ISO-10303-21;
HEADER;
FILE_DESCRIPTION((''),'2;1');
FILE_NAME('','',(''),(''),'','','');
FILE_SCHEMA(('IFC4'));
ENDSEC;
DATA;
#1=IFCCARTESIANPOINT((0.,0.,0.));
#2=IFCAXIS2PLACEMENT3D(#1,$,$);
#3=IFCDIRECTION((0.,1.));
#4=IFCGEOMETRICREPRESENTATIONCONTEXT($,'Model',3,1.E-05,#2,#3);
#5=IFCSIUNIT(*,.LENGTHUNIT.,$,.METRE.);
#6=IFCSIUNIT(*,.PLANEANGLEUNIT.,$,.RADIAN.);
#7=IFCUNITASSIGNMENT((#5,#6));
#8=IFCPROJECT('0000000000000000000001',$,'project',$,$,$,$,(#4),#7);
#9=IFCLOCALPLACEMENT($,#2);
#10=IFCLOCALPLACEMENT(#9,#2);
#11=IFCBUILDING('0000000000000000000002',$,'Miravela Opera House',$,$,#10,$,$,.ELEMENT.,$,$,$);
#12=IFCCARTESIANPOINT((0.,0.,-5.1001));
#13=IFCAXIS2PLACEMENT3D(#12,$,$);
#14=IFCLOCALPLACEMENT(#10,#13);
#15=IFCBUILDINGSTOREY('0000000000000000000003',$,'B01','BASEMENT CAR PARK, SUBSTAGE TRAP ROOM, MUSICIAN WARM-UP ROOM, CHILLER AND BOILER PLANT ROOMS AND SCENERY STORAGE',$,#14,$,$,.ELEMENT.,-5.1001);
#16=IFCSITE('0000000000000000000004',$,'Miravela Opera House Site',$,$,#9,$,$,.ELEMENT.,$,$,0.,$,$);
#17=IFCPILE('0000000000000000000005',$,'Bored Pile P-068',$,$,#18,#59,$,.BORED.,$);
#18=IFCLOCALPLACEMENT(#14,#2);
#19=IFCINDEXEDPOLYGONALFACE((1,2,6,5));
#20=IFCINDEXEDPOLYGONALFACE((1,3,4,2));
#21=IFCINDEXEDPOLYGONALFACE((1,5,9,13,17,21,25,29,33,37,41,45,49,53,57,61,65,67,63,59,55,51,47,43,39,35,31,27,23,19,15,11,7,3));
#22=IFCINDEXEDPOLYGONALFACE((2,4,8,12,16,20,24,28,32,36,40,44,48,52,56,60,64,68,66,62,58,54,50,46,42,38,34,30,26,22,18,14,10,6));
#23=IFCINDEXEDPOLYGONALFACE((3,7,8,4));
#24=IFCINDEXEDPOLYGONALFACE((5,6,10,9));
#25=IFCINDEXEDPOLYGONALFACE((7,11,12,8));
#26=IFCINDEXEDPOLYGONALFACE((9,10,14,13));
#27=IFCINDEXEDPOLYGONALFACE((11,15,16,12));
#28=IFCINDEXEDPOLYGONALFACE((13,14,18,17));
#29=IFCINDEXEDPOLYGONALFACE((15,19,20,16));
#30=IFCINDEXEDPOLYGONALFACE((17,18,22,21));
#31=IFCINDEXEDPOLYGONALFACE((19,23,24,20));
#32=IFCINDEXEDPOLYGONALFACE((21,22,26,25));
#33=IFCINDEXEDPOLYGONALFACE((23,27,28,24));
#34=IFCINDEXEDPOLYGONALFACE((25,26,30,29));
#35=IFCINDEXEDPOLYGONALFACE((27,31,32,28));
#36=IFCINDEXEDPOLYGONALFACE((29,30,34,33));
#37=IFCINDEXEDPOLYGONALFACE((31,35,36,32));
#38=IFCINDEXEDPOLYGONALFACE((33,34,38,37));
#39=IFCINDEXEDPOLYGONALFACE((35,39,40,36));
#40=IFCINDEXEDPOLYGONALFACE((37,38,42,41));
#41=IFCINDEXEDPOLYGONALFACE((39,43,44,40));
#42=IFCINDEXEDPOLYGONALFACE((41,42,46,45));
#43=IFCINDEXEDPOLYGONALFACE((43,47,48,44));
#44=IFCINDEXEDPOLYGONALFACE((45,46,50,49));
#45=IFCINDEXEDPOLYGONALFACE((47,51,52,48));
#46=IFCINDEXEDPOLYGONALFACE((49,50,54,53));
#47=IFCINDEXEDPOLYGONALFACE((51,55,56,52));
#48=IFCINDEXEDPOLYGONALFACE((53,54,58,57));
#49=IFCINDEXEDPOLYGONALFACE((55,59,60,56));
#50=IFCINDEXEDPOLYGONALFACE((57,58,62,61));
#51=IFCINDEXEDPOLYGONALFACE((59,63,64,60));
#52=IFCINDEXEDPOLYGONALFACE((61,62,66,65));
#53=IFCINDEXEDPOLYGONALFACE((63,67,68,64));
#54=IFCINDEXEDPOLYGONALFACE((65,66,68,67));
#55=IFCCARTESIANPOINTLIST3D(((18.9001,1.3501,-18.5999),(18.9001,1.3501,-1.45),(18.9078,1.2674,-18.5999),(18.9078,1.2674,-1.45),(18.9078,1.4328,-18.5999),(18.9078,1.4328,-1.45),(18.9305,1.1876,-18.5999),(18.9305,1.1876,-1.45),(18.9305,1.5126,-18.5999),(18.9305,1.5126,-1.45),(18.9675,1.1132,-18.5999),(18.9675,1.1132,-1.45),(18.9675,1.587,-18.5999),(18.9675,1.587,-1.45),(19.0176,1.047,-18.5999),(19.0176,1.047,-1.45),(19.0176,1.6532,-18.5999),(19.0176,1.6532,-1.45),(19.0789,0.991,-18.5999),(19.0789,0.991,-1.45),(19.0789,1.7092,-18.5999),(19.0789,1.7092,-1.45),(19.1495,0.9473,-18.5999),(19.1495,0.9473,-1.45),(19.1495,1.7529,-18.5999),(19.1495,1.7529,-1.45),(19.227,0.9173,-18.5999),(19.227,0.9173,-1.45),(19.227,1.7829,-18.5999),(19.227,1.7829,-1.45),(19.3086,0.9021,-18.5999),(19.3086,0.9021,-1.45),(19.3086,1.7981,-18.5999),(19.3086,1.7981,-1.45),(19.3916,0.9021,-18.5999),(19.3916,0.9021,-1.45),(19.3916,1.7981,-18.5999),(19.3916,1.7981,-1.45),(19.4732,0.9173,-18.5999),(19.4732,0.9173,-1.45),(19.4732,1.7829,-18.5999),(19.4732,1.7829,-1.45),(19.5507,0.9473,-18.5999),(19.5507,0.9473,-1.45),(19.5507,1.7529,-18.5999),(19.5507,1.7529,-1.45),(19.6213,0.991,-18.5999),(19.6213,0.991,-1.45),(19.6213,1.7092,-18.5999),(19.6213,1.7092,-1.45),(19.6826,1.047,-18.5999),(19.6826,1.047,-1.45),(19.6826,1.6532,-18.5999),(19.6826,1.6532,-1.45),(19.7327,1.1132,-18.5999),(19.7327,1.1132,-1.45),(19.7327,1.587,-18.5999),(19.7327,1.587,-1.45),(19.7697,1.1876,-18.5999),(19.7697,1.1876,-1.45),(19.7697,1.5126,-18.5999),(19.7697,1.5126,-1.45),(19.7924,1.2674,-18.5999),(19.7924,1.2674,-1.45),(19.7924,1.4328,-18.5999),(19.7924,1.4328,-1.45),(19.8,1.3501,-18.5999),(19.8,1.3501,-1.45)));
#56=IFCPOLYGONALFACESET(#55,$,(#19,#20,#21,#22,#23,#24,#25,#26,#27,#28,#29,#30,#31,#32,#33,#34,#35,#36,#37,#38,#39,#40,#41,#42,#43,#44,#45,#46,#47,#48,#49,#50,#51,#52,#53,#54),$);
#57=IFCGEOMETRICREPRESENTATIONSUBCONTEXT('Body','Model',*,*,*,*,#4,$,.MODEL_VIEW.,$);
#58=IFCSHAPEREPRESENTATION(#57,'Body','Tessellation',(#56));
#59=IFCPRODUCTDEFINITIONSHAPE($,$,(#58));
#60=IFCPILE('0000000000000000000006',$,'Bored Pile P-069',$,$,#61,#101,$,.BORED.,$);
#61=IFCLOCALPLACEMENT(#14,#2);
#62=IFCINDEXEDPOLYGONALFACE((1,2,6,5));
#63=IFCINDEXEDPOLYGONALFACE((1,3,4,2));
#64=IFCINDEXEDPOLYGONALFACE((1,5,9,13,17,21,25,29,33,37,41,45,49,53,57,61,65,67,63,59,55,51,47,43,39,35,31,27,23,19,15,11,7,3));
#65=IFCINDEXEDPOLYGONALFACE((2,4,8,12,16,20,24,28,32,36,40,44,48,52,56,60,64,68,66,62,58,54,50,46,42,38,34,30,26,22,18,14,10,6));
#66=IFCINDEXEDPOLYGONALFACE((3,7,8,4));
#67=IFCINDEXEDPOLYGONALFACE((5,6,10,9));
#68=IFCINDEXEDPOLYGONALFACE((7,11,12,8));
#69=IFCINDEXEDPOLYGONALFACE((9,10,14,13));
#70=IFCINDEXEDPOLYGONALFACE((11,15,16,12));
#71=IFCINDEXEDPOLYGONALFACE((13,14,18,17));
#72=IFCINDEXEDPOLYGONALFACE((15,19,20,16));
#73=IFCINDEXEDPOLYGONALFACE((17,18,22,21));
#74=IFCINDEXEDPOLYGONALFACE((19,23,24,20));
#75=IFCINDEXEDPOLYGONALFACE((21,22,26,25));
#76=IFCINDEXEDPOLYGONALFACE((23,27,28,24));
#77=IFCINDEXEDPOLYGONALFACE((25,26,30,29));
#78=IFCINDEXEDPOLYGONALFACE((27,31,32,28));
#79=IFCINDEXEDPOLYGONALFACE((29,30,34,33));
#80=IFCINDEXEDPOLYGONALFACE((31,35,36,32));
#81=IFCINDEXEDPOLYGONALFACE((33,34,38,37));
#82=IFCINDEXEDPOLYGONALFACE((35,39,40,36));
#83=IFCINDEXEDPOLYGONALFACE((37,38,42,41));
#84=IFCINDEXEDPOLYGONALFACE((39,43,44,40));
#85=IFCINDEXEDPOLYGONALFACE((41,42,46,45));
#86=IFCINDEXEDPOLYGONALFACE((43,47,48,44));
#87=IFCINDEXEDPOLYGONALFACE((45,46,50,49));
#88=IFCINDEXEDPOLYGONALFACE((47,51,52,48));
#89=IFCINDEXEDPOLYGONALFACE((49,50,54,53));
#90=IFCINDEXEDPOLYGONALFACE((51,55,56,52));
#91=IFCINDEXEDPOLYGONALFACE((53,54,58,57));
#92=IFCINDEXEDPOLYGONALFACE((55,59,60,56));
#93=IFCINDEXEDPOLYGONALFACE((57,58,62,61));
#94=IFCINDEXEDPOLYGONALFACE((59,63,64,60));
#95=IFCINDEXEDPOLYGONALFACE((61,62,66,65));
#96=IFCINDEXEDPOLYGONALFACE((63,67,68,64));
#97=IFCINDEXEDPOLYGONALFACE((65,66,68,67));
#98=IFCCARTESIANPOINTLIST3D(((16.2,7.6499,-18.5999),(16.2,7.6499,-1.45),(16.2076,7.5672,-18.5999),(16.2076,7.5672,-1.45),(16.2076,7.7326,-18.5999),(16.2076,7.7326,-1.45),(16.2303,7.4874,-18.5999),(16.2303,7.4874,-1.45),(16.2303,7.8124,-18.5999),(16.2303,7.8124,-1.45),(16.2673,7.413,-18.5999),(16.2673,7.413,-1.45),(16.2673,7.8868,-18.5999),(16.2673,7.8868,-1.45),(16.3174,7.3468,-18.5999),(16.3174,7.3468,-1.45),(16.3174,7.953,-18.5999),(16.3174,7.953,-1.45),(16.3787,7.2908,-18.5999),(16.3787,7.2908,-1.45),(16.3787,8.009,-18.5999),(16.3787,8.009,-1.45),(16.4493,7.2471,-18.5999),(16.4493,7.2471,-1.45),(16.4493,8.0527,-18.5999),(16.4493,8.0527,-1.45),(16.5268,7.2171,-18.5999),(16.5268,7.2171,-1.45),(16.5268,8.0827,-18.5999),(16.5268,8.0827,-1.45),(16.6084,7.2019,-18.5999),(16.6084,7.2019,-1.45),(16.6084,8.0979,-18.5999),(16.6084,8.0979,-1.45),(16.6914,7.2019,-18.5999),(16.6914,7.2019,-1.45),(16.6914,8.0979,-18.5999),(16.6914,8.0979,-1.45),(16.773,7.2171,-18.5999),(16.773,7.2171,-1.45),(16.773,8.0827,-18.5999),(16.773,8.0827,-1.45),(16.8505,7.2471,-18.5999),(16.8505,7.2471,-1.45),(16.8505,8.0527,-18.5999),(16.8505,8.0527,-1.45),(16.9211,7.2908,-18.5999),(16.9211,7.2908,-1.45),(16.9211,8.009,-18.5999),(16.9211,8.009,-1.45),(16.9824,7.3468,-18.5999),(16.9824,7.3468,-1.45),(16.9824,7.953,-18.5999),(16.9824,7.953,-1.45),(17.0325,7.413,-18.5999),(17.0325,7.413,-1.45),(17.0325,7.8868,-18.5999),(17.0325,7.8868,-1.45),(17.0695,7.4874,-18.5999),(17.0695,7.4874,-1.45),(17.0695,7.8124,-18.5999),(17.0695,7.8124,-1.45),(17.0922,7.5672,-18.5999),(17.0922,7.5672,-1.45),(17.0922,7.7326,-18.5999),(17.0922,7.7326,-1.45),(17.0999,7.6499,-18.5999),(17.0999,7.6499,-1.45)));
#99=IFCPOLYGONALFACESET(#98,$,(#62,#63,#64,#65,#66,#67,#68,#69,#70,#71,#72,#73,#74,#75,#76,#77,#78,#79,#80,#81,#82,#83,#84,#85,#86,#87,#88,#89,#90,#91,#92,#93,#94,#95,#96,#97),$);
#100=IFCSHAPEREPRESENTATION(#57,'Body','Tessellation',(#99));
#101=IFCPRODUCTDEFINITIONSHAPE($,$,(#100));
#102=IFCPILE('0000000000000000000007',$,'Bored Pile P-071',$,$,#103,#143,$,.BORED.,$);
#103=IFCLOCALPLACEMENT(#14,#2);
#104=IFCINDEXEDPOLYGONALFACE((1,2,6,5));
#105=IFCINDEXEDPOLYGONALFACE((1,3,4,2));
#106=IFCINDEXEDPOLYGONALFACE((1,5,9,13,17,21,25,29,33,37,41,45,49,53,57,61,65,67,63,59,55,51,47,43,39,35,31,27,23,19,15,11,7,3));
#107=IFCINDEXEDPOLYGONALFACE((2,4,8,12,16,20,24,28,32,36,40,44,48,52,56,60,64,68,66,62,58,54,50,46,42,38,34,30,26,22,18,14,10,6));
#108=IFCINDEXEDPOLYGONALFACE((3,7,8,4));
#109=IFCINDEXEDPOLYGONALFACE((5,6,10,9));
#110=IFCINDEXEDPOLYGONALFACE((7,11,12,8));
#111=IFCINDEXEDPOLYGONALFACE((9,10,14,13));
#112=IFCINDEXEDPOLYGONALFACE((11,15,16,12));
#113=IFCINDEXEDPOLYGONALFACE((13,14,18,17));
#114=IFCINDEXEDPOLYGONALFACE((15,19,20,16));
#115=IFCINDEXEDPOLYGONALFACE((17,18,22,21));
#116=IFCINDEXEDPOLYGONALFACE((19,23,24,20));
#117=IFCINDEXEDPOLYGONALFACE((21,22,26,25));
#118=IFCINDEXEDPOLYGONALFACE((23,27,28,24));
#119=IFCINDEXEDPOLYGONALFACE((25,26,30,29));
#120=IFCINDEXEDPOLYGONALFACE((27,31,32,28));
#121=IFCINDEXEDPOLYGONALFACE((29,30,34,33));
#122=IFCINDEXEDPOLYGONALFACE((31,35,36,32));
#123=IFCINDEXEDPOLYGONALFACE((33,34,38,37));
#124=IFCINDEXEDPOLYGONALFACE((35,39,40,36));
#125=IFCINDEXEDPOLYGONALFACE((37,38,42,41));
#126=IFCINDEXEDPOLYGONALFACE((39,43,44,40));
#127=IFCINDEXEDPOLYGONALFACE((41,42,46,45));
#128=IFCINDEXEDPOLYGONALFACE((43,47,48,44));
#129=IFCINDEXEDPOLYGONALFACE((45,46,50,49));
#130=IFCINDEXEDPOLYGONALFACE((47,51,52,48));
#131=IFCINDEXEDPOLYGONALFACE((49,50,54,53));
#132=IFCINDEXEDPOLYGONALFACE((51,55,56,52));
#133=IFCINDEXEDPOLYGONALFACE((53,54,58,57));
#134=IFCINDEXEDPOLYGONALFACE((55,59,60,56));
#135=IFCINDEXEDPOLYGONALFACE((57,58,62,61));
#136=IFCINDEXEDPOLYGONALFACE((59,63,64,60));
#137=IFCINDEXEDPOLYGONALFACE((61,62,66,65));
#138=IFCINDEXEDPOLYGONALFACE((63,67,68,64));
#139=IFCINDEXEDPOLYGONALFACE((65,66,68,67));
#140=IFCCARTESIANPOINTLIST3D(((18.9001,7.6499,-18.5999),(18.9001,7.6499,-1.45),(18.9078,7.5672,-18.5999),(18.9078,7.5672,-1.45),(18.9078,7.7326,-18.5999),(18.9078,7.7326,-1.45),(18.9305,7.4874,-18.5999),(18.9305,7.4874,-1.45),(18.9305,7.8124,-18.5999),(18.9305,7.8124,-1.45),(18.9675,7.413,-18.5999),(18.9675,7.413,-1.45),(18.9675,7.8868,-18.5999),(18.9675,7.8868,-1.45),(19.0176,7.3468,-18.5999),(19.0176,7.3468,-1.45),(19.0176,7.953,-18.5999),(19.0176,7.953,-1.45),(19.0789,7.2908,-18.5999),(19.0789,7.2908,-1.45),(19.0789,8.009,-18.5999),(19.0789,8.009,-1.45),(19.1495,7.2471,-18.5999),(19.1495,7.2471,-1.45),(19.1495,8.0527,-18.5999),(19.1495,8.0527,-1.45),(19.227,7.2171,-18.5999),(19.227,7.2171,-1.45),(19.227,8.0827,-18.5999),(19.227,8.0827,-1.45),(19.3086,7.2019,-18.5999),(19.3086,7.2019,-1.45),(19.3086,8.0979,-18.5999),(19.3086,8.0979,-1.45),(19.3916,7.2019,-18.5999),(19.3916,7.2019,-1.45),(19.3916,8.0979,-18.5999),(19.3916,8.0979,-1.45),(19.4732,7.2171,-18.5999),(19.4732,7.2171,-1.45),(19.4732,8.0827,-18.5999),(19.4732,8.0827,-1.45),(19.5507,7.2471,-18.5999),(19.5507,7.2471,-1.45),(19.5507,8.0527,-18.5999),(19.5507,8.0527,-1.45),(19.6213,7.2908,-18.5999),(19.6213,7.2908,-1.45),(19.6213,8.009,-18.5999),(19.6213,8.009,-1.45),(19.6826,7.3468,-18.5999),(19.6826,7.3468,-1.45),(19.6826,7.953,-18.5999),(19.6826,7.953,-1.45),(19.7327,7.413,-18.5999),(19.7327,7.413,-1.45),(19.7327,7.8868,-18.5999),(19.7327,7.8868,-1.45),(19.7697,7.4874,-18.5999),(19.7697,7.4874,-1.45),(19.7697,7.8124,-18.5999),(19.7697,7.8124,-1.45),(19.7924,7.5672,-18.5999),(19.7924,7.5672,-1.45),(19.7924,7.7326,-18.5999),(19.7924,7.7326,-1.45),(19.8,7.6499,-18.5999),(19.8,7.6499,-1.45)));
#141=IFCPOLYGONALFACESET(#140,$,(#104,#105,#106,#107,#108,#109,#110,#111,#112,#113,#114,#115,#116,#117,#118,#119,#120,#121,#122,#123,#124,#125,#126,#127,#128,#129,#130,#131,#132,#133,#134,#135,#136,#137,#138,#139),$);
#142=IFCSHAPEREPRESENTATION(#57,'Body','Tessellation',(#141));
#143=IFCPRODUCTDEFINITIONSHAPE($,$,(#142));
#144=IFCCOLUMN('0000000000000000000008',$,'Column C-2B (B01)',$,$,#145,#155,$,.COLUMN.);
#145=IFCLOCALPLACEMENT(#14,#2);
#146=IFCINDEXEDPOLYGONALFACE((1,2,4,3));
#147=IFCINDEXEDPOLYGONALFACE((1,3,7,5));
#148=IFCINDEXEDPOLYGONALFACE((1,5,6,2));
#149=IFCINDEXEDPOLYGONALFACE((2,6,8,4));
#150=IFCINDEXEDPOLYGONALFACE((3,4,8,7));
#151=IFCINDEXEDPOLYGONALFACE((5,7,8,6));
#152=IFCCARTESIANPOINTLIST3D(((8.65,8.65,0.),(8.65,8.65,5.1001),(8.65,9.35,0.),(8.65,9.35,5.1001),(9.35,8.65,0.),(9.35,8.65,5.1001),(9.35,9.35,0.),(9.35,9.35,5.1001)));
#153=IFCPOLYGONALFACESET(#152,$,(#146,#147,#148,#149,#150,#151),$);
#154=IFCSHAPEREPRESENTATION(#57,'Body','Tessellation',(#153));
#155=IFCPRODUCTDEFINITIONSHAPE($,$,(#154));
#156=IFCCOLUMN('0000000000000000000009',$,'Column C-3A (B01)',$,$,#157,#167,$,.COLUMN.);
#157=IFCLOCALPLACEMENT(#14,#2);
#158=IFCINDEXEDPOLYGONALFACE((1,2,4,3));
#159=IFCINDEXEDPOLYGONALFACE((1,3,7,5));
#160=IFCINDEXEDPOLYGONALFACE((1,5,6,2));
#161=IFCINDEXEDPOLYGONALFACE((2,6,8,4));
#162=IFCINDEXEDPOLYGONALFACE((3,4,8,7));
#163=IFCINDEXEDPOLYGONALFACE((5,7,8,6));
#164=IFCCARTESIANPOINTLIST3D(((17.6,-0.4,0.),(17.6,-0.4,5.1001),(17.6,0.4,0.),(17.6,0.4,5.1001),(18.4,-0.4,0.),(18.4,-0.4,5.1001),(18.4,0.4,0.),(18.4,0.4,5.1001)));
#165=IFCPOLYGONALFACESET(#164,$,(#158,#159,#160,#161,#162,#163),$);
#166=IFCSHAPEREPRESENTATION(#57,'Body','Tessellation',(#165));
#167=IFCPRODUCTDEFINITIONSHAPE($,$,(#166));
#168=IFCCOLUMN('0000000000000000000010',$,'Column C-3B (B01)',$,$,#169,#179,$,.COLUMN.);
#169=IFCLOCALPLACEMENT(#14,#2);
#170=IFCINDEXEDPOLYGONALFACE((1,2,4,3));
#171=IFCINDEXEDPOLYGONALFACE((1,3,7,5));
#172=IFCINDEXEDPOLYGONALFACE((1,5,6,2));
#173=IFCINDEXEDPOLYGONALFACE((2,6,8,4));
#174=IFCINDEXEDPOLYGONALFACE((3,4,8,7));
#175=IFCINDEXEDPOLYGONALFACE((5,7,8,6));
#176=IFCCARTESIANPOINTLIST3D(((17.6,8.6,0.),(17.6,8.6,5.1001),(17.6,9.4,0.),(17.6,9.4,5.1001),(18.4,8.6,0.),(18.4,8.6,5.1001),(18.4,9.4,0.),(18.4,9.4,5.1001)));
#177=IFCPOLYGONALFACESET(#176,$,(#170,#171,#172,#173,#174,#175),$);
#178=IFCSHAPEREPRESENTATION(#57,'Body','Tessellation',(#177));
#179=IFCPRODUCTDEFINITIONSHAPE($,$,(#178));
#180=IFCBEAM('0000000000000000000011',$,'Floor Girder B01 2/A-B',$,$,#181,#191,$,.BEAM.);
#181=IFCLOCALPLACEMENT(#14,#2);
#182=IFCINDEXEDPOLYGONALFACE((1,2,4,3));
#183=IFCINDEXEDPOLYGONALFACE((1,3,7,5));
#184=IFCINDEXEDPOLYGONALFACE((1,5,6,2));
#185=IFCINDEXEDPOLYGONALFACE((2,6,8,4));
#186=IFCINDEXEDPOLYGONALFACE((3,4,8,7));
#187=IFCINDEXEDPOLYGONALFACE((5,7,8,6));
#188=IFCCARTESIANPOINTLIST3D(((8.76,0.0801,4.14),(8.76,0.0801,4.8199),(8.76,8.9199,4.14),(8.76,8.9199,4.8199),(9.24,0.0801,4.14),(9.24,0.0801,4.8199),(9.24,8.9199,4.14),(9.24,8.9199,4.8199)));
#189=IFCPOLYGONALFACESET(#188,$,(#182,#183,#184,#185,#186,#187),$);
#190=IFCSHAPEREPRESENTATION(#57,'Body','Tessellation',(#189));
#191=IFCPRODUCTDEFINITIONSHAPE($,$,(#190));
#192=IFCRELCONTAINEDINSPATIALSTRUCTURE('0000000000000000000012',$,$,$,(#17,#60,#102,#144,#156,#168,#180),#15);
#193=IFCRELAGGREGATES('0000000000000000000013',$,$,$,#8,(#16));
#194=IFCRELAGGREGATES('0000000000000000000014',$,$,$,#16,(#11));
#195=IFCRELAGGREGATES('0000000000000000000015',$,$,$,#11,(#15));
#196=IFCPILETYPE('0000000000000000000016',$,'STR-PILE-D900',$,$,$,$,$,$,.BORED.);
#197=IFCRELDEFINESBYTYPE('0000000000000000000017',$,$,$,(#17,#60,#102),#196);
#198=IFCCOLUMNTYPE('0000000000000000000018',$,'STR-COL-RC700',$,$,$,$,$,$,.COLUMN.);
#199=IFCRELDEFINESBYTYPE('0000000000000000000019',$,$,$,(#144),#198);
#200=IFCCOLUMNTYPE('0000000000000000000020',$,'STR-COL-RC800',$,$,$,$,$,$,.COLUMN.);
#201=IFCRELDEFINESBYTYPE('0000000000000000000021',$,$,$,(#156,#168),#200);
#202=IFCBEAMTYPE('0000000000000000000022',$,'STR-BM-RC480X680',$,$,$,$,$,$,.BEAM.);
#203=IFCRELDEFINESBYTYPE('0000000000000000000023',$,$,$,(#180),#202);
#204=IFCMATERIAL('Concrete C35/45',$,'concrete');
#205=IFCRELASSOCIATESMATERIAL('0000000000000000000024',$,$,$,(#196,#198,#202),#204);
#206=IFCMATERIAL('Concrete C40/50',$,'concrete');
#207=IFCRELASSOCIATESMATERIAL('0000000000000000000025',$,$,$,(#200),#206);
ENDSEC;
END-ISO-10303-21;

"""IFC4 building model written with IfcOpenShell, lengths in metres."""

from ifc_helpers import new_model, si_unit, direction, frame, origin, origin_2d, place, context, subcontext, project, spatial, rectangle, circle, extrude, material, material_profile, profile_set, type_object, element, save


model = new_model("IFC4")

# Units and contexts
model_context = context("Model", 3, precision=1e-05, world=origin(), true_north=direction((0.0, 1.0)))
body_context = subcontext(model_context, "Body", "Model", "MODEL_VIEW")
ifc_project = project(units=[si_unit("LENGTHUNIT", "METRE"), si_unit("PLANEANGLEUNIT", "RADIAN")], contexts=[model_context])

# Site, building, storey
site_placement = place(None, origin())
site = spatial("IfcSite", under=ifc_project, at=site_placement, Name="Miravela Opera House Site", CompositionType="ELEMENT", RefElevation=0.0)
building_placement = place(site_placement, origin())
building = spatial("IfcBuilding", under=site, at=building_placement, Name="Miravela Opera House", CompositionType="ELEMENT")
storey_placement = place(building_placement, frame((0.0, 0.0, -5.1001)))
storey = spatial("IfcBuildingStorey", under=building, at=storey_placement, Name="B01", Description="BASEMENT CAR PARK, SUBSTAGE TRAP ROOM, MUSICIAN WARM-UP ROOM, CHILLER AND BOILER PLANT ROOMS AND SCENERY STORAGE", CompositionType="ELEMENT", Elevation=-5.1001)

# Shared definitions
ifc_material_1 = material(Name="Concrete C35/45", Category="concrete")

# Piles
ifc_material_profile_1 = material_profile(ifc_material_1, circle(Radius=0.45, at=origin_2d()), Name="PILE-D900")
ifc_profile_set_1 = profile_set([ifc_material_profile_1])
pile_type_1 = type_object("IfcPileType", Name="STR-PILE-D900", PredefinedType="BORED", material=ifc_profile_set_1)
for number, where, z_axis, x_axis, name in (
    (1, (19.3501, 1.3501, -1.45), (0.0, 0.0, -1.0), (1.0, 0.0, 0.0), "Bored Pile P-068"),
    (2, (16.6499, 7.6499, -1.45), (0.0, 0.0, -1.0), (1.0, 0.0, 0.0), "Bored Pile P-069"),
    (3, (19.3501, 7.6499, -1.45), (0.0, 0.0, -1.0), (1.0, 0.0, 0.0), "Bored Pile P-071"),
):
    element("IfcPile", number, at=place(storey_placement, frame(where, z_axis=z_axis, x_axis=x_axis)), inside=storey, type_object=pile_type_1, Name=name, PredefinedType="BORED", context=body_context, shape_type="SweptSolid", body=[
        extrude(circle(Radius=0.45, at=origin_2d()), origin(), (0.0, 0.0, 1.0), 17.1499),
    ])

# Columns
ifc_material_profile_2 = material_profile(ifc_material_1, rectangle(XDim=0.7, YDim=0.7, at=origin_2d()), Name="RC-COL-700X700")
ifc_profile_set_2 = profile_set([ifc_material_profile_2])
column_type_1 = type_object("IfcColumnType", Name="STR-COL-RC700", PredefinedType="COLUMN", material=ifc_profile_set_2)
column_placement = place(storey_placement, frame((9.0, 9.0, 0.0), z_axis=(0.0, 0.0, 1.0), x_axis=(1.0, 0.0, 0.0)))
element("IfcColumn", 4, at=column_placement, inside=storey, type_object=column_type_1, Name="Column C-2B (B01)", PredefinedType="COLUMN", context=body_context, shape_type="SweptSolid", body=[
    extrude(rectangle(XDim=0.7, YDim=0.7, at=origin_2d()), origin(), (0.0, 0.0, 1.0), 5.1001),
])
ifc_material_2 = material(Name="Concrete C40/50", Category="concrete")
ifc_material_profile_3 = material_profile(ifc_material_2, rectangle(XDim=0.8, YDim=0.8, at=origin_2d()), Name="RC-COL-800X800")
ifc_profile_set_3 = profile_set([ifc_material_profile_3])
column_type_2 = type_object("IfcColumnType", Name="STR-COL-RC800", PredefinedType="COLUMN", material=ifc_profile_set_3)
for number, where, z_axis, x_axis, name in (
    (5, (18.0, 0.0, 0.0), (0.0, 0.0, 1.0), (1.0, 0.0, 0.0), "Column C-3A (B01)"),
    (6, (18.0, 9.0, 0.0), (0.0, 0.0, 1.0), (1.0, 0.0, 0.0), "Column C-3B (B01)"),
):
    element("IfcColumn", number, at=place(storey_placement, frame(where, z_axis=z_axis, x_axis=x_axis)), inside=storey, type_object=column_type_2, Name=name, PredefinedType="COLUMN", context=body_context, shape_type="SweptSolid", body=[
        extrude(rectangle(XDim=0.8, YDim=0.8, at=origin_2d()), origin(), (0.0, 0.0, 1.0), 5.1001),
    ])

# Beam
ifc_material_profile_4 = material_profile(ifc_material_1, rectangle(XDim=0.48, YDim=0.6799, at=origin_2d()), Name="RC-BM-480X680")
ifc_profile_set_4 = profile_set([ifc_material_profile_4])
beam_type_1 = type_object("IfcBeamType", Name="STR-BM-RC480X680", PredefinedType="BEAM", material=ifc_profile_set_4)
beam_1_placement = place(storey_placement, frame((9.0, 0.0801, 4.48), z_axis=(0.0, 1.0, 0.0), x_axis=(-1.0, 0.0, 0.0)))
element("IfcBeam", 7, at=beam_1_placement, inside=storey, type_object=beam_type_1, Name="Floor Girder B01 2/A-B", PredefinedType="BEAM", context=body_context, shape_type="SweptSolid", body=[
    extrude(rectangle(XDim=0.48, YDim=0.6799, at=origin_2d()), origin(), (0.0, 0.0, 1.0), 8.8398),
])

save(model, "model.ifc")
